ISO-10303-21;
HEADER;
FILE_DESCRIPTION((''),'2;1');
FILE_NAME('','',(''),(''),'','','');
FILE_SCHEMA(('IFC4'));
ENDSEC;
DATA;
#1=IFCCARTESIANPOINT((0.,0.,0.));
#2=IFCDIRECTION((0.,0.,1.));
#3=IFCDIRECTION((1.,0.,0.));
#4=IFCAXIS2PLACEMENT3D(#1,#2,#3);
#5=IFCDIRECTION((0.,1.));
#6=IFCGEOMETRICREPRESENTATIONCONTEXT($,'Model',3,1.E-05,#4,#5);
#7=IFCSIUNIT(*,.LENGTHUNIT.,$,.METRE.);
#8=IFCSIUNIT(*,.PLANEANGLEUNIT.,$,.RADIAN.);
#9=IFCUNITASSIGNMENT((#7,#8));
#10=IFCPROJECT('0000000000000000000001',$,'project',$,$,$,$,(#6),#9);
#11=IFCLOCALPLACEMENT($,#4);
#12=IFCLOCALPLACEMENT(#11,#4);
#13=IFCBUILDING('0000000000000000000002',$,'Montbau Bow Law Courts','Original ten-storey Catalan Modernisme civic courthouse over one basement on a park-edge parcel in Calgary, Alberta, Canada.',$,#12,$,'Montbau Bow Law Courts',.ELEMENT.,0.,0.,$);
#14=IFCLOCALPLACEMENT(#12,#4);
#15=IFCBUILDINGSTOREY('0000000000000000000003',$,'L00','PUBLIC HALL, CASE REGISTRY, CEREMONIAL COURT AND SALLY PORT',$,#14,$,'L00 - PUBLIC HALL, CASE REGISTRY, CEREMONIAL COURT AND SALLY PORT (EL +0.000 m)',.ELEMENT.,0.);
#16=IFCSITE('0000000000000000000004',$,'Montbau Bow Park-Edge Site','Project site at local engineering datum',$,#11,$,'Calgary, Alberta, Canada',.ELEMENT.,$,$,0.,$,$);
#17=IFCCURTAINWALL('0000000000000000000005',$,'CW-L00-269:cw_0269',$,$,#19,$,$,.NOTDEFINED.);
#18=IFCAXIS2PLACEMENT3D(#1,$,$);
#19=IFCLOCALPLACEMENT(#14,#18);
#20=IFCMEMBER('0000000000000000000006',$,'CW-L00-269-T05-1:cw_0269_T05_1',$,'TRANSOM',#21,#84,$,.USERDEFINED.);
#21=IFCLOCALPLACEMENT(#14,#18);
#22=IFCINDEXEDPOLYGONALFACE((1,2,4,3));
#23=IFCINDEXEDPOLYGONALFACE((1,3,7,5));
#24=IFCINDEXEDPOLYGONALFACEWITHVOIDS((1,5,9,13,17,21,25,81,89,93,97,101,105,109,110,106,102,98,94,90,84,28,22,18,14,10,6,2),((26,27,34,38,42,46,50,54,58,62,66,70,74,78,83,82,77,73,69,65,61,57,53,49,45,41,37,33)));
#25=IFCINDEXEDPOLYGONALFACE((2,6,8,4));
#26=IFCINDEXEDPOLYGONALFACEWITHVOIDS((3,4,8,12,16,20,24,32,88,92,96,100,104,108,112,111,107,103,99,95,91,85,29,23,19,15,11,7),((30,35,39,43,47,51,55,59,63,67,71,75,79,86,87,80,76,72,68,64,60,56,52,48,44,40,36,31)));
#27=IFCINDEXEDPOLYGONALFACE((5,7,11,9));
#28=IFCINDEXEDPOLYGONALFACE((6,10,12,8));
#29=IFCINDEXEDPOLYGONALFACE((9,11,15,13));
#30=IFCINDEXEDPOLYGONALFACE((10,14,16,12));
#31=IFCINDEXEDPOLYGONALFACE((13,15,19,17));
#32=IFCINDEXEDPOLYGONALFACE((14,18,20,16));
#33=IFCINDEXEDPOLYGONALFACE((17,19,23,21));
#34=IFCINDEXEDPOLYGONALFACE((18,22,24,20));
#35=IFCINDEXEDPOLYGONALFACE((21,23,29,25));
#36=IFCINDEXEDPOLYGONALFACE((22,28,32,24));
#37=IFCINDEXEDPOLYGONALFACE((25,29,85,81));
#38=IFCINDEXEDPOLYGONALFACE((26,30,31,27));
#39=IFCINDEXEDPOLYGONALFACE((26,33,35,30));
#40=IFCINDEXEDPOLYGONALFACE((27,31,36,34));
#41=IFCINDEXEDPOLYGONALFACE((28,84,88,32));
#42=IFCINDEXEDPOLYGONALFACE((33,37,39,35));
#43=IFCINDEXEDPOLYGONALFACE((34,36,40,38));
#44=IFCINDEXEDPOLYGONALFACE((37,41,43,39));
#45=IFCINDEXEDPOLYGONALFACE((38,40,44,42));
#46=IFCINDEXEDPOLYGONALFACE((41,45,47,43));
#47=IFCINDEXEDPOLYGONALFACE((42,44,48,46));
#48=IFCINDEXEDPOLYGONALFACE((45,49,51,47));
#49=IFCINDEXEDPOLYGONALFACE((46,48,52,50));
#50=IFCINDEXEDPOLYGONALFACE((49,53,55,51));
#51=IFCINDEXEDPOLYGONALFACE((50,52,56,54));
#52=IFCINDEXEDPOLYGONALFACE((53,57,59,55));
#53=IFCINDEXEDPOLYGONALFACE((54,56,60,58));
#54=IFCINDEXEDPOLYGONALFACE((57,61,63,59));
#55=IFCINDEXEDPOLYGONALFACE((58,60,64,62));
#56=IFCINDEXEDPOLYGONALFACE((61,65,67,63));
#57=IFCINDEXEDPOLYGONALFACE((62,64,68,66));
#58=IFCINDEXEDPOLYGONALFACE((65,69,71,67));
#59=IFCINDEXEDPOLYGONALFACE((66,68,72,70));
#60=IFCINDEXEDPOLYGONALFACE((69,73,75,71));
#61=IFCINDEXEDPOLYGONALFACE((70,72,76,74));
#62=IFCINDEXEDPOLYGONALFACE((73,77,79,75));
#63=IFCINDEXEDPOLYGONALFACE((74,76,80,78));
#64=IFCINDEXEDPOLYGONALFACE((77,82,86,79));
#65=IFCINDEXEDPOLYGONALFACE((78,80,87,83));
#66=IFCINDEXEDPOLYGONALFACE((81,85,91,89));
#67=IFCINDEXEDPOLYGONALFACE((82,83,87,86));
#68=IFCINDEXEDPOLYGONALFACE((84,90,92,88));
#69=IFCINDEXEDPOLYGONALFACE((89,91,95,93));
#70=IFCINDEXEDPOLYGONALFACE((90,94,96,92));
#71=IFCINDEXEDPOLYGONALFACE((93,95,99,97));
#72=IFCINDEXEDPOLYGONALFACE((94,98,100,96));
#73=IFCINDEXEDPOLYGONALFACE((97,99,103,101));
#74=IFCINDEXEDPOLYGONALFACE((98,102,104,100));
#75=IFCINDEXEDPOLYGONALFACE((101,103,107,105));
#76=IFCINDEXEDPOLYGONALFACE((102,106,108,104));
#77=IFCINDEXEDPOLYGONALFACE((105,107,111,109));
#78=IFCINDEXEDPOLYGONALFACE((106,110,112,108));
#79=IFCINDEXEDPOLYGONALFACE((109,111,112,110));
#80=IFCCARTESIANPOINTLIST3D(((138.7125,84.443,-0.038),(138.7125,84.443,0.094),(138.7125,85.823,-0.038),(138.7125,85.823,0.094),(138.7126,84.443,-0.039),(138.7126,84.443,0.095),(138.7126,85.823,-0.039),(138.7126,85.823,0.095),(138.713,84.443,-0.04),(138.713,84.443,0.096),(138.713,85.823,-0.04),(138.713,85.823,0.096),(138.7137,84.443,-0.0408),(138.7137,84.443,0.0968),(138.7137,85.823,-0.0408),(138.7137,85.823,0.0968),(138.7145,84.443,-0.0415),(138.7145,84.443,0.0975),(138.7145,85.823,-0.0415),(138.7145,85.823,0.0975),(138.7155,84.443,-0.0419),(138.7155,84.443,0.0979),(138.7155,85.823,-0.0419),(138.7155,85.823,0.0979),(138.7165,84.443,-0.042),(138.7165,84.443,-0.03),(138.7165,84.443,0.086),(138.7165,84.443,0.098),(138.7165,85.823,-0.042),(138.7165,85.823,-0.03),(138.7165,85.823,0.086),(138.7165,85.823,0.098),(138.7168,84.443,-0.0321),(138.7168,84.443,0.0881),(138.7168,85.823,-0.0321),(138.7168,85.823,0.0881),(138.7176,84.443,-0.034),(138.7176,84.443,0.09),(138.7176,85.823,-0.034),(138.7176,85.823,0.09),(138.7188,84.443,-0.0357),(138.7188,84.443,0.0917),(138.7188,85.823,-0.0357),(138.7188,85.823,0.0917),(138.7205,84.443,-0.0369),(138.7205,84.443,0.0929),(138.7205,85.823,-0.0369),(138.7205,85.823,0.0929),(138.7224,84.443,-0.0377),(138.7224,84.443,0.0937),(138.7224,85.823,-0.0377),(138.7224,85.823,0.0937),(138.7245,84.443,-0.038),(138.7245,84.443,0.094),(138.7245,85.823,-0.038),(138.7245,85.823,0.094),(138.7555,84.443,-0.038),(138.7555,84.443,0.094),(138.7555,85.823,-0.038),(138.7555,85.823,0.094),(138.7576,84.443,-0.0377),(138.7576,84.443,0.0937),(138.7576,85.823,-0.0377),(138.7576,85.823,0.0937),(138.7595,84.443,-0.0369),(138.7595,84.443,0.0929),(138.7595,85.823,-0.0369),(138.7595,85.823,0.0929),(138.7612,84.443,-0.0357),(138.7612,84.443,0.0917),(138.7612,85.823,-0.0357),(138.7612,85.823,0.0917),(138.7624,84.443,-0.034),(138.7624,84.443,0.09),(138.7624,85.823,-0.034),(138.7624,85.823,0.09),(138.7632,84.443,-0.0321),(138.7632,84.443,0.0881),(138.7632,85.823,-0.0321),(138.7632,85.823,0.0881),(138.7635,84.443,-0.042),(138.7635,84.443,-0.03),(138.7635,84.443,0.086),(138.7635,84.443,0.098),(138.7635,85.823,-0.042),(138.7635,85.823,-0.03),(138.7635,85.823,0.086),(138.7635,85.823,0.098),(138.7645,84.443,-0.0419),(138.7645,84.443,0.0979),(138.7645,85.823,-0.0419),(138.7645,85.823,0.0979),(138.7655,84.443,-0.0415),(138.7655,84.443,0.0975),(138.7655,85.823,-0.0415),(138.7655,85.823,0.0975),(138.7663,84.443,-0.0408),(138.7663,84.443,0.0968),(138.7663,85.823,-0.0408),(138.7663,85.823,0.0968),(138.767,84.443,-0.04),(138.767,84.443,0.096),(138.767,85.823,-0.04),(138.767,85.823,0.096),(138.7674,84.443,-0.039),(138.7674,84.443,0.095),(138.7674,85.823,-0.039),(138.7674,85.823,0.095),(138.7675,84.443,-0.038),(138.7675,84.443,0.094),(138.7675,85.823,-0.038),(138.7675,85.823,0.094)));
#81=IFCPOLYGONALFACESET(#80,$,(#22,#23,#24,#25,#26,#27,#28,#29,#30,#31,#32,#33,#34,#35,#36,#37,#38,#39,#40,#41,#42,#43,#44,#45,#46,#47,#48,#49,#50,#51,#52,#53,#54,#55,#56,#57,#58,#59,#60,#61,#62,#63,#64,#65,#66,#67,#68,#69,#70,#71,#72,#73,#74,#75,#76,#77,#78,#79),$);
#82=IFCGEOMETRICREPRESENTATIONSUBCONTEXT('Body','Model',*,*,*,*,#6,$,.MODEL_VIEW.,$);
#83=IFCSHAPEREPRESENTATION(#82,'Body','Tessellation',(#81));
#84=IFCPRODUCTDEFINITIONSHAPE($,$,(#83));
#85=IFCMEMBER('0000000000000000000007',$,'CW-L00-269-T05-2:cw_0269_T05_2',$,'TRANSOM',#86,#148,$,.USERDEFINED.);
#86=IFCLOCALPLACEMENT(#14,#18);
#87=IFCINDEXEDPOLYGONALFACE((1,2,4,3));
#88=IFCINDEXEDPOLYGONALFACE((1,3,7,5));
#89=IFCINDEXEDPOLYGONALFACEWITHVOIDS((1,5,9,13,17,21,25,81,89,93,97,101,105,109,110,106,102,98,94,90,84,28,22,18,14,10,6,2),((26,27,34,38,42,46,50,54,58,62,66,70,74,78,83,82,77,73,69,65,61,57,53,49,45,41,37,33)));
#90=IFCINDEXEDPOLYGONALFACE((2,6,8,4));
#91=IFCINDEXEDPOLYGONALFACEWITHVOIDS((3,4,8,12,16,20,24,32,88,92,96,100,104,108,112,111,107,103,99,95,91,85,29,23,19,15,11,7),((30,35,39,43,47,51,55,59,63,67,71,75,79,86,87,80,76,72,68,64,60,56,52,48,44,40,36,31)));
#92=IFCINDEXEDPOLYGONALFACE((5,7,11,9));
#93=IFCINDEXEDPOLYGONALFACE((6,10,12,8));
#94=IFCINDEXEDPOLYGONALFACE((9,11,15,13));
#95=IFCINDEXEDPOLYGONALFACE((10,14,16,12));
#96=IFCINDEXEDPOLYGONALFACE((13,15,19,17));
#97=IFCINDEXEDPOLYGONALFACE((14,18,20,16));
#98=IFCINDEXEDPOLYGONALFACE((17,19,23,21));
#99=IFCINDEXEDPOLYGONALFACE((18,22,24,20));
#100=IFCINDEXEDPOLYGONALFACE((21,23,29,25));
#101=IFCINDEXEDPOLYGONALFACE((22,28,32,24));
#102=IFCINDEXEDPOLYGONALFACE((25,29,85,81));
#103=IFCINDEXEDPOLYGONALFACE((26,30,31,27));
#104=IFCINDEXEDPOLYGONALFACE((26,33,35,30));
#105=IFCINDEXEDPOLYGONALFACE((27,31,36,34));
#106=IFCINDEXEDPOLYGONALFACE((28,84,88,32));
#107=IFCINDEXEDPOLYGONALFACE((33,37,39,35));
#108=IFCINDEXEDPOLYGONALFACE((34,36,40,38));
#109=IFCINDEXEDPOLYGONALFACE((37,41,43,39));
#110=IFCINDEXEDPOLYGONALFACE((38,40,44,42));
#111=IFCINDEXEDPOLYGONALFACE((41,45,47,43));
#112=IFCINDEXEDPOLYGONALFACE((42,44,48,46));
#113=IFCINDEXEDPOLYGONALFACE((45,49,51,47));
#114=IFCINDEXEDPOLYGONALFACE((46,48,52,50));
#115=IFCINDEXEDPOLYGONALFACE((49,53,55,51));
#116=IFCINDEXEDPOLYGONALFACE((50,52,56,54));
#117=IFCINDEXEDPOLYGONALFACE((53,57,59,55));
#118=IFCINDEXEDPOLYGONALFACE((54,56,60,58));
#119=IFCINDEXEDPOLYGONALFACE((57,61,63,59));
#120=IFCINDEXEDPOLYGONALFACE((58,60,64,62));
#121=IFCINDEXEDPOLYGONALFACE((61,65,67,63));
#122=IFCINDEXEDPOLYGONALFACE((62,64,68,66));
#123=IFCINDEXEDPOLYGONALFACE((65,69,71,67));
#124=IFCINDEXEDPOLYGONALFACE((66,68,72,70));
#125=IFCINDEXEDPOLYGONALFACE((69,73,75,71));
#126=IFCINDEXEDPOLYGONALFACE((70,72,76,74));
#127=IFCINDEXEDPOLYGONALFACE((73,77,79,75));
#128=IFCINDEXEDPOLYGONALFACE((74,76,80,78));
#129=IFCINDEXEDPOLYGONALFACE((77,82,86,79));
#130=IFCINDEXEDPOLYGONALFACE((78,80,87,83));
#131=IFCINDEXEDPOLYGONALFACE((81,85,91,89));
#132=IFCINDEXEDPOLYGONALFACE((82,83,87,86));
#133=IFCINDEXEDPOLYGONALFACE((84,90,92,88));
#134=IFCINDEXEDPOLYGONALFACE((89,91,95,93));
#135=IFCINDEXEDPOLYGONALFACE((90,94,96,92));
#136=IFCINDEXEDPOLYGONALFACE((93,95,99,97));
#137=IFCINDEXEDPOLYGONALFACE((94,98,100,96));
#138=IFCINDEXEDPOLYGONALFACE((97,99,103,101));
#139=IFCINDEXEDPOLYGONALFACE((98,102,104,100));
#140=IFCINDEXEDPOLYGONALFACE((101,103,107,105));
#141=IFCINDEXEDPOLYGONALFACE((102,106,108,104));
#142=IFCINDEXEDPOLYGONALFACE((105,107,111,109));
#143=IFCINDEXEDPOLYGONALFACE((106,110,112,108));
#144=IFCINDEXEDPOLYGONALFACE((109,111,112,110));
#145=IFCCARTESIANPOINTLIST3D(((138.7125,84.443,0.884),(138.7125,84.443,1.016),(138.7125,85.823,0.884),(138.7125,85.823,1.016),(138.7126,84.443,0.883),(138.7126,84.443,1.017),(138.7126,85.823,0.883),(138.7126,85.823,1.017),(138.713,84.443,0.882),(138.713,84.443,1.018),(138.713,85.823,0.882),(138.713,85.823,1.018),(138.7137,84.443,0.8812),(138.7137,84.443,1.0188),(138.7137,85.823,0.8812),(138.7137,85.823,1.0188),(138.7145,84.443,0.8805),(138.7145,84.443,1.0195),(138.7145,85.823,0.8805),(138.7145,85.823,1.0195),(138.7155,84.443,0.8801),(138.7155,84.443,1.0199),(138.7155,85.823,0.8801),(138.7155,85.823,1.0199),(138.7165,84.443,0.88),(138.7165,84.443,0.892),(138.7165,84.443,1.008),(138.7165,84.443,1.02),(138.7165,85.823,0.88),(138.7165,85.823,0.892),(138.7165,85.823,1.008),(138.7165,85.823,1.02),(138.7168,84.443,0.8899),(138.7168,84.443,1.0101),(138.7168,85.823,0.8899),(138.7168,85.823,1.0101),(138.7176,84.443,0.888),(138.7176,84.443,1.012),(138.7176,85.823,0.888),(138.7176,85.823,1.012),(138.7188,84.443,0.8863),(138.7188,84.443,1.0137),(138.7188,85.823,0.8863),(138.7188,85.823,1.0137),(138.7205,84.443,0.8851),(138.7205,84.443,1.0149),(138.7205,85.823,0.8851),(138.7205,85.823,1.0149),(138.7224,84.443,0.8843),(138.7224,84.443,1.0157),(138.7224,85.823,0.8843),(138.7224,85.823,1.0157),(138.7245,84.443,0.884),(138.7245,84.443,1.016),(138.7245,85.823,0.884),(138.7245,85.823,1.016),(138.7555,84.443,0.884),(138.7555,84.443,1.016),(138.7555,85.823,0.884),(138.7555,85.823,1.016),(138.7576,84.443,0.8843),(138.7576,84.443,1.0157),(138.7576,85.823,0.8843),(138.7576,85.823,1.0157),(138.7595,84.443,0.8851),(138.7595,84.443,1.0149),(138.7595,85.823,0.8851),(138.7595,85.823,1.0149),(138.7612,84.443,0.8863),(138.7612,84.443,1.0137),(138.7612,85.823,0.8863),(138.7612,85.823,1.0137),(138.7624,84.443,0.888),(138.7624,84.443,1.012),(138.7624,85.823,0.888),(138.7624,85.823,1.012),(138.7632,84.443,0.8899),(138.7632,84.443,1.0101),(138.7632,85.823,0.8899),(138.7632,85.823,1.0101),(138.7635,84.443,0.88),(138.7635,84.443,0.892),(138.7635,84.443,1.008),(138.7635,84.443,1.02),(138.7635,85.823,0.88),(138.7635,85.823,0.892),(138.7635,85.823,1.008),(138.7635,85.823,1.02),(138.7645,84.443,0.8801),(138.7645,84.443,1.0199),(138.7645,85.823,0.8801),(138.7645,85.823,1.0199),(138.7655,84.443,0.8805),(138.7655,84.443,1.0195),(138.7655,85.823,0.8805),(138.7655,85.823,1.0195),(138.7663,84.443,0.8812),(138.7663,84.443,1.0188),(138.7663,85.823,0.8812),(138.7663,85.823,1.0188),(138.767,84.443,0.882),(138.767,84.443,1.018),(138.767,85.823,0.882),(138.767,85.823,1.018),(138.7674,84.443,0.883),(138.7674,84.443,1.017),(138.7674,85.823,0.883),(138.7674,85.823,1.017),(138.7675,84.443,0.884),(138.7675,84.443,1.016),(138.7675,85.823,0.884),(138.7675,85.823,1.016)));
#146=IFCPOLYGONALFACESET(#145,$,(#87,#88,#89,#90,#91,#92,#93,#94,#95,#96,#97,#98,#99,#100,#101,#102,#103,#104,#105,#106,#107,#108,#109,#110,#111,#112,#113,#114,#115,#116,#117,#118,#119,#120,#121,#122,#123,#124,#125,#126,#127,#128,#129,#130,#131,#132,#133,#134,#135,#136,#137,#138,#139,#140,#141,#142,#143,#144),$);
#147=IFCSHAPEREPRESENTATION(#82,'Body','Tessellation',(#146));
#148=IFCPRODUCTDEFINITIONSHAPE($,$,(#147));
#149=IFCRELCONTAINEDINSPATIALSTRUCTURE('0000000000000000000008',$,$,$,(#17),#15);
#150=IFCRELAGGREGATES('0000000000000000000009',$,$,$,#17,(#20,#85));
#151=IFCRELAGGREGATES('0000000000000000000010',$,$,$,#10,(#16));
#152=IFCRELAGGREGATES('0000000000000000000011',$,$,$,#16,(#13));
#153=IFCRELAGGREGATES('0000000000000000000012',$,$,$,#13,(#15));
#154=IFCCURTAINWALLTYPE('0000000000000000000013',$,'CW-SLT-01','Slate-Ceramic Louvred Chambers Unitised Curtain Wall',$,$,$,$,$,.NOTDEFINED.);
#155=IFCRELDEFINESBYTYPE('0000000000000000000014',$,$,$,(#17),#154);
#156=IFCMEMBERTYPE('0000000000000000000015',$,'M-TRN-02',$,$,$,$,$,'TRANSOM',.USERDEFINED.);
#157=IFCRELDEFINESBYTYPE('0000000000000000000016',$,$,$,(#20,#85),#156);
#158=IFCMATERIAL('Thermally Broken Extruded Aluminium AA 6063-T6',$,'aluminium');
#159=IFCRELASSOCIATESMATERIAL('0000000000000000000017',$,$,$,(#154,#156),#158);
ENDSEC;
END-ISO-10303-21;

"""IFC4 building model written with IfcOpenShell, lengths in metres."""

from ifc_helpers import new_model, si_unit, direction, frame, origin_with_axes, origin_2d_with_axis, place, context, subcontext, project, spatial, hollow_rectangle, extrude, material, material_profile, profile_set, type_object, element, aggregate, save


model = new_model("IFC4")

# Units and contexts
model_context = context("Model", 3, precision=1e-05, world=origin_with_axes(), true_north=direction((0.0, 1.0)))
body_context = subcontext(model_context, "Body", "Model", "MODEL_VIEW")
ifc_project = project(units=[si_unit("LENGTHUNIT", "METRE"), si_unit("PLANEANGLEUNIT", "RADIAN")], contexts=[model_context])

# Site, building, storey
site_placement = place(None, origin_with_axes())
site = spatial("IfcSite", under=ifc_project, at=site_placement, Name="Montbau Bow Park-Edge Site", Description="Project site at local engineering datum", LongName="Calgary, Alberta, Canada", CompositionType="ELEMENT", RefElevation=0.0)
building_placement = place(site_placement, origin_with_axes())
building = spatial("IfcBuilding", under=site, at=building_placement, Name="Montbau Bow Law Courts", Description="Original ten-storey Catalan Modernisme civic courthouse over one basement on a park-edge parcel in Calgary, Alberta, Canada.", LongName="Montbau Bow Law Courts", CompositionType="ELEMENT", ElevationOfRefHeight=0.0, ElevationOfTerrain=0.0)
storey_placement = place(building_placement, origin_with_axes())
storey = spatial("IfcBuildingStorey", under=building, at=storey_placement, Name="L00", Description="PUBLIC HALL, CASE REGISTRY, CEREMONIAL COURT AND SALLY PORT", LongName="L00 - PUBLIC HALL, CASE REGISTRY, CEREMONIAL COURT AND SALLY PORT (EL +0.000 m)", CompositionType="ELEMENT", Elevation=0.0)

# Shared definitions
ifc_material_1 = material(Name="Thermally Broken Extruded Aluminium AA 6063-T6", Category="aluminium")
curtain_wall_type = type_object("IfcCurtainWallType", Name="CW-SLT-01", Description="Slate-Ceramic Louvred Chambers Unitised Curtain Wall", PredefinedType="NOTDEFINED", material=ifc_material_1)

# Curtain wall
curtain_wall_1_placement = place(None, frame((138.74, 78.515, 0.0), z_axis=(0.0, 0.0, 1.0), x_axis=(1.0, 0.0, 0.0)))
curtain_wall_1 = element("IfcCurtainWall", 1, at=curtain_wall_1_placement, inside=storey, type_object=curtain_wall_type, Name="CW-L00-269:cw_0269", PredefinedType="NOTDEFINED")

# Members
ifc_material_profile_1 = material_profile(ifc_material_1, hollow_rectangle(XDim=0.055, YDim=0.14, WallThickness=0.004, InnerFilletRadius=0.008, OuterFilletRadius=0.004, at=origin_2d_with_axis()), Name="CWT-140X55", Category="Main", Priority=0)
ifc_profile_set_1 = profile_set([ifc_material_profile_1], Name="Thermally Broken Extruded Aluminium AA 6063-T6")
member_type_1 = type_object("IfcMemberType", Name="M-TRN-02", ElementType="TRANSOM", PredefinedType="USERDEFINED", material=ifc_profile_set_1)
member_1_placement = place(None, frame((138.74, 84.443, 0.028), z_axis=(0.0, 1.0, 0.0), x_axis=(-1.0, 0.0, 0.0)))
member_1 = element("IfcMember", 2, at=member_1_placement, type_object=member_type_1, Name="CW-L00-269-T05-1:cw_0269_T05_1", ObjectType="TRANSOM", PredefinedType="USERDEFINED", context=body_context, shape_type="SweptSolid", body=[
    extrude(hollow_rectangle(XDim=0.055, YDim=0.14, WallThickness=0.004, InnerFilletRadius=0.008, OuterFilletRadius=0.004, at=origin_2d_with_axis()), origin_with_axes(), (0.0, 0.0, 1.0), 1.38),
])
member_2_placement = place(None, frame((138.74, 84.443, 0.95), z_axis=(0.0, 1.0, 0.0), x_axis=(-1.0, 0.0, 0.0)))
member_2 = element("IfcMember", 3, at=member_2_placement, type_object=member_type_1, Name="CW-L00-269-T05-2:cw_0269_T05_2", ObjectType="TRANSOM", PredefinedType="USERDEFINED", context=body_context, shape_type="SweptSolid", body=[
    extrude(hollow_rectangle(XDim=0.055, YDim=0.14, WallThickness=0.004, InnerFilletRadius=0.008, OuterFilletRadius=0.004, at=origin_2d_with_axis()), origin_with_axes(), (0.0, 0.0, 1.0), 1.38),
])

aggregate(curtain_wall_1, [member_1, member_2])

save(model, "model.ifc")
